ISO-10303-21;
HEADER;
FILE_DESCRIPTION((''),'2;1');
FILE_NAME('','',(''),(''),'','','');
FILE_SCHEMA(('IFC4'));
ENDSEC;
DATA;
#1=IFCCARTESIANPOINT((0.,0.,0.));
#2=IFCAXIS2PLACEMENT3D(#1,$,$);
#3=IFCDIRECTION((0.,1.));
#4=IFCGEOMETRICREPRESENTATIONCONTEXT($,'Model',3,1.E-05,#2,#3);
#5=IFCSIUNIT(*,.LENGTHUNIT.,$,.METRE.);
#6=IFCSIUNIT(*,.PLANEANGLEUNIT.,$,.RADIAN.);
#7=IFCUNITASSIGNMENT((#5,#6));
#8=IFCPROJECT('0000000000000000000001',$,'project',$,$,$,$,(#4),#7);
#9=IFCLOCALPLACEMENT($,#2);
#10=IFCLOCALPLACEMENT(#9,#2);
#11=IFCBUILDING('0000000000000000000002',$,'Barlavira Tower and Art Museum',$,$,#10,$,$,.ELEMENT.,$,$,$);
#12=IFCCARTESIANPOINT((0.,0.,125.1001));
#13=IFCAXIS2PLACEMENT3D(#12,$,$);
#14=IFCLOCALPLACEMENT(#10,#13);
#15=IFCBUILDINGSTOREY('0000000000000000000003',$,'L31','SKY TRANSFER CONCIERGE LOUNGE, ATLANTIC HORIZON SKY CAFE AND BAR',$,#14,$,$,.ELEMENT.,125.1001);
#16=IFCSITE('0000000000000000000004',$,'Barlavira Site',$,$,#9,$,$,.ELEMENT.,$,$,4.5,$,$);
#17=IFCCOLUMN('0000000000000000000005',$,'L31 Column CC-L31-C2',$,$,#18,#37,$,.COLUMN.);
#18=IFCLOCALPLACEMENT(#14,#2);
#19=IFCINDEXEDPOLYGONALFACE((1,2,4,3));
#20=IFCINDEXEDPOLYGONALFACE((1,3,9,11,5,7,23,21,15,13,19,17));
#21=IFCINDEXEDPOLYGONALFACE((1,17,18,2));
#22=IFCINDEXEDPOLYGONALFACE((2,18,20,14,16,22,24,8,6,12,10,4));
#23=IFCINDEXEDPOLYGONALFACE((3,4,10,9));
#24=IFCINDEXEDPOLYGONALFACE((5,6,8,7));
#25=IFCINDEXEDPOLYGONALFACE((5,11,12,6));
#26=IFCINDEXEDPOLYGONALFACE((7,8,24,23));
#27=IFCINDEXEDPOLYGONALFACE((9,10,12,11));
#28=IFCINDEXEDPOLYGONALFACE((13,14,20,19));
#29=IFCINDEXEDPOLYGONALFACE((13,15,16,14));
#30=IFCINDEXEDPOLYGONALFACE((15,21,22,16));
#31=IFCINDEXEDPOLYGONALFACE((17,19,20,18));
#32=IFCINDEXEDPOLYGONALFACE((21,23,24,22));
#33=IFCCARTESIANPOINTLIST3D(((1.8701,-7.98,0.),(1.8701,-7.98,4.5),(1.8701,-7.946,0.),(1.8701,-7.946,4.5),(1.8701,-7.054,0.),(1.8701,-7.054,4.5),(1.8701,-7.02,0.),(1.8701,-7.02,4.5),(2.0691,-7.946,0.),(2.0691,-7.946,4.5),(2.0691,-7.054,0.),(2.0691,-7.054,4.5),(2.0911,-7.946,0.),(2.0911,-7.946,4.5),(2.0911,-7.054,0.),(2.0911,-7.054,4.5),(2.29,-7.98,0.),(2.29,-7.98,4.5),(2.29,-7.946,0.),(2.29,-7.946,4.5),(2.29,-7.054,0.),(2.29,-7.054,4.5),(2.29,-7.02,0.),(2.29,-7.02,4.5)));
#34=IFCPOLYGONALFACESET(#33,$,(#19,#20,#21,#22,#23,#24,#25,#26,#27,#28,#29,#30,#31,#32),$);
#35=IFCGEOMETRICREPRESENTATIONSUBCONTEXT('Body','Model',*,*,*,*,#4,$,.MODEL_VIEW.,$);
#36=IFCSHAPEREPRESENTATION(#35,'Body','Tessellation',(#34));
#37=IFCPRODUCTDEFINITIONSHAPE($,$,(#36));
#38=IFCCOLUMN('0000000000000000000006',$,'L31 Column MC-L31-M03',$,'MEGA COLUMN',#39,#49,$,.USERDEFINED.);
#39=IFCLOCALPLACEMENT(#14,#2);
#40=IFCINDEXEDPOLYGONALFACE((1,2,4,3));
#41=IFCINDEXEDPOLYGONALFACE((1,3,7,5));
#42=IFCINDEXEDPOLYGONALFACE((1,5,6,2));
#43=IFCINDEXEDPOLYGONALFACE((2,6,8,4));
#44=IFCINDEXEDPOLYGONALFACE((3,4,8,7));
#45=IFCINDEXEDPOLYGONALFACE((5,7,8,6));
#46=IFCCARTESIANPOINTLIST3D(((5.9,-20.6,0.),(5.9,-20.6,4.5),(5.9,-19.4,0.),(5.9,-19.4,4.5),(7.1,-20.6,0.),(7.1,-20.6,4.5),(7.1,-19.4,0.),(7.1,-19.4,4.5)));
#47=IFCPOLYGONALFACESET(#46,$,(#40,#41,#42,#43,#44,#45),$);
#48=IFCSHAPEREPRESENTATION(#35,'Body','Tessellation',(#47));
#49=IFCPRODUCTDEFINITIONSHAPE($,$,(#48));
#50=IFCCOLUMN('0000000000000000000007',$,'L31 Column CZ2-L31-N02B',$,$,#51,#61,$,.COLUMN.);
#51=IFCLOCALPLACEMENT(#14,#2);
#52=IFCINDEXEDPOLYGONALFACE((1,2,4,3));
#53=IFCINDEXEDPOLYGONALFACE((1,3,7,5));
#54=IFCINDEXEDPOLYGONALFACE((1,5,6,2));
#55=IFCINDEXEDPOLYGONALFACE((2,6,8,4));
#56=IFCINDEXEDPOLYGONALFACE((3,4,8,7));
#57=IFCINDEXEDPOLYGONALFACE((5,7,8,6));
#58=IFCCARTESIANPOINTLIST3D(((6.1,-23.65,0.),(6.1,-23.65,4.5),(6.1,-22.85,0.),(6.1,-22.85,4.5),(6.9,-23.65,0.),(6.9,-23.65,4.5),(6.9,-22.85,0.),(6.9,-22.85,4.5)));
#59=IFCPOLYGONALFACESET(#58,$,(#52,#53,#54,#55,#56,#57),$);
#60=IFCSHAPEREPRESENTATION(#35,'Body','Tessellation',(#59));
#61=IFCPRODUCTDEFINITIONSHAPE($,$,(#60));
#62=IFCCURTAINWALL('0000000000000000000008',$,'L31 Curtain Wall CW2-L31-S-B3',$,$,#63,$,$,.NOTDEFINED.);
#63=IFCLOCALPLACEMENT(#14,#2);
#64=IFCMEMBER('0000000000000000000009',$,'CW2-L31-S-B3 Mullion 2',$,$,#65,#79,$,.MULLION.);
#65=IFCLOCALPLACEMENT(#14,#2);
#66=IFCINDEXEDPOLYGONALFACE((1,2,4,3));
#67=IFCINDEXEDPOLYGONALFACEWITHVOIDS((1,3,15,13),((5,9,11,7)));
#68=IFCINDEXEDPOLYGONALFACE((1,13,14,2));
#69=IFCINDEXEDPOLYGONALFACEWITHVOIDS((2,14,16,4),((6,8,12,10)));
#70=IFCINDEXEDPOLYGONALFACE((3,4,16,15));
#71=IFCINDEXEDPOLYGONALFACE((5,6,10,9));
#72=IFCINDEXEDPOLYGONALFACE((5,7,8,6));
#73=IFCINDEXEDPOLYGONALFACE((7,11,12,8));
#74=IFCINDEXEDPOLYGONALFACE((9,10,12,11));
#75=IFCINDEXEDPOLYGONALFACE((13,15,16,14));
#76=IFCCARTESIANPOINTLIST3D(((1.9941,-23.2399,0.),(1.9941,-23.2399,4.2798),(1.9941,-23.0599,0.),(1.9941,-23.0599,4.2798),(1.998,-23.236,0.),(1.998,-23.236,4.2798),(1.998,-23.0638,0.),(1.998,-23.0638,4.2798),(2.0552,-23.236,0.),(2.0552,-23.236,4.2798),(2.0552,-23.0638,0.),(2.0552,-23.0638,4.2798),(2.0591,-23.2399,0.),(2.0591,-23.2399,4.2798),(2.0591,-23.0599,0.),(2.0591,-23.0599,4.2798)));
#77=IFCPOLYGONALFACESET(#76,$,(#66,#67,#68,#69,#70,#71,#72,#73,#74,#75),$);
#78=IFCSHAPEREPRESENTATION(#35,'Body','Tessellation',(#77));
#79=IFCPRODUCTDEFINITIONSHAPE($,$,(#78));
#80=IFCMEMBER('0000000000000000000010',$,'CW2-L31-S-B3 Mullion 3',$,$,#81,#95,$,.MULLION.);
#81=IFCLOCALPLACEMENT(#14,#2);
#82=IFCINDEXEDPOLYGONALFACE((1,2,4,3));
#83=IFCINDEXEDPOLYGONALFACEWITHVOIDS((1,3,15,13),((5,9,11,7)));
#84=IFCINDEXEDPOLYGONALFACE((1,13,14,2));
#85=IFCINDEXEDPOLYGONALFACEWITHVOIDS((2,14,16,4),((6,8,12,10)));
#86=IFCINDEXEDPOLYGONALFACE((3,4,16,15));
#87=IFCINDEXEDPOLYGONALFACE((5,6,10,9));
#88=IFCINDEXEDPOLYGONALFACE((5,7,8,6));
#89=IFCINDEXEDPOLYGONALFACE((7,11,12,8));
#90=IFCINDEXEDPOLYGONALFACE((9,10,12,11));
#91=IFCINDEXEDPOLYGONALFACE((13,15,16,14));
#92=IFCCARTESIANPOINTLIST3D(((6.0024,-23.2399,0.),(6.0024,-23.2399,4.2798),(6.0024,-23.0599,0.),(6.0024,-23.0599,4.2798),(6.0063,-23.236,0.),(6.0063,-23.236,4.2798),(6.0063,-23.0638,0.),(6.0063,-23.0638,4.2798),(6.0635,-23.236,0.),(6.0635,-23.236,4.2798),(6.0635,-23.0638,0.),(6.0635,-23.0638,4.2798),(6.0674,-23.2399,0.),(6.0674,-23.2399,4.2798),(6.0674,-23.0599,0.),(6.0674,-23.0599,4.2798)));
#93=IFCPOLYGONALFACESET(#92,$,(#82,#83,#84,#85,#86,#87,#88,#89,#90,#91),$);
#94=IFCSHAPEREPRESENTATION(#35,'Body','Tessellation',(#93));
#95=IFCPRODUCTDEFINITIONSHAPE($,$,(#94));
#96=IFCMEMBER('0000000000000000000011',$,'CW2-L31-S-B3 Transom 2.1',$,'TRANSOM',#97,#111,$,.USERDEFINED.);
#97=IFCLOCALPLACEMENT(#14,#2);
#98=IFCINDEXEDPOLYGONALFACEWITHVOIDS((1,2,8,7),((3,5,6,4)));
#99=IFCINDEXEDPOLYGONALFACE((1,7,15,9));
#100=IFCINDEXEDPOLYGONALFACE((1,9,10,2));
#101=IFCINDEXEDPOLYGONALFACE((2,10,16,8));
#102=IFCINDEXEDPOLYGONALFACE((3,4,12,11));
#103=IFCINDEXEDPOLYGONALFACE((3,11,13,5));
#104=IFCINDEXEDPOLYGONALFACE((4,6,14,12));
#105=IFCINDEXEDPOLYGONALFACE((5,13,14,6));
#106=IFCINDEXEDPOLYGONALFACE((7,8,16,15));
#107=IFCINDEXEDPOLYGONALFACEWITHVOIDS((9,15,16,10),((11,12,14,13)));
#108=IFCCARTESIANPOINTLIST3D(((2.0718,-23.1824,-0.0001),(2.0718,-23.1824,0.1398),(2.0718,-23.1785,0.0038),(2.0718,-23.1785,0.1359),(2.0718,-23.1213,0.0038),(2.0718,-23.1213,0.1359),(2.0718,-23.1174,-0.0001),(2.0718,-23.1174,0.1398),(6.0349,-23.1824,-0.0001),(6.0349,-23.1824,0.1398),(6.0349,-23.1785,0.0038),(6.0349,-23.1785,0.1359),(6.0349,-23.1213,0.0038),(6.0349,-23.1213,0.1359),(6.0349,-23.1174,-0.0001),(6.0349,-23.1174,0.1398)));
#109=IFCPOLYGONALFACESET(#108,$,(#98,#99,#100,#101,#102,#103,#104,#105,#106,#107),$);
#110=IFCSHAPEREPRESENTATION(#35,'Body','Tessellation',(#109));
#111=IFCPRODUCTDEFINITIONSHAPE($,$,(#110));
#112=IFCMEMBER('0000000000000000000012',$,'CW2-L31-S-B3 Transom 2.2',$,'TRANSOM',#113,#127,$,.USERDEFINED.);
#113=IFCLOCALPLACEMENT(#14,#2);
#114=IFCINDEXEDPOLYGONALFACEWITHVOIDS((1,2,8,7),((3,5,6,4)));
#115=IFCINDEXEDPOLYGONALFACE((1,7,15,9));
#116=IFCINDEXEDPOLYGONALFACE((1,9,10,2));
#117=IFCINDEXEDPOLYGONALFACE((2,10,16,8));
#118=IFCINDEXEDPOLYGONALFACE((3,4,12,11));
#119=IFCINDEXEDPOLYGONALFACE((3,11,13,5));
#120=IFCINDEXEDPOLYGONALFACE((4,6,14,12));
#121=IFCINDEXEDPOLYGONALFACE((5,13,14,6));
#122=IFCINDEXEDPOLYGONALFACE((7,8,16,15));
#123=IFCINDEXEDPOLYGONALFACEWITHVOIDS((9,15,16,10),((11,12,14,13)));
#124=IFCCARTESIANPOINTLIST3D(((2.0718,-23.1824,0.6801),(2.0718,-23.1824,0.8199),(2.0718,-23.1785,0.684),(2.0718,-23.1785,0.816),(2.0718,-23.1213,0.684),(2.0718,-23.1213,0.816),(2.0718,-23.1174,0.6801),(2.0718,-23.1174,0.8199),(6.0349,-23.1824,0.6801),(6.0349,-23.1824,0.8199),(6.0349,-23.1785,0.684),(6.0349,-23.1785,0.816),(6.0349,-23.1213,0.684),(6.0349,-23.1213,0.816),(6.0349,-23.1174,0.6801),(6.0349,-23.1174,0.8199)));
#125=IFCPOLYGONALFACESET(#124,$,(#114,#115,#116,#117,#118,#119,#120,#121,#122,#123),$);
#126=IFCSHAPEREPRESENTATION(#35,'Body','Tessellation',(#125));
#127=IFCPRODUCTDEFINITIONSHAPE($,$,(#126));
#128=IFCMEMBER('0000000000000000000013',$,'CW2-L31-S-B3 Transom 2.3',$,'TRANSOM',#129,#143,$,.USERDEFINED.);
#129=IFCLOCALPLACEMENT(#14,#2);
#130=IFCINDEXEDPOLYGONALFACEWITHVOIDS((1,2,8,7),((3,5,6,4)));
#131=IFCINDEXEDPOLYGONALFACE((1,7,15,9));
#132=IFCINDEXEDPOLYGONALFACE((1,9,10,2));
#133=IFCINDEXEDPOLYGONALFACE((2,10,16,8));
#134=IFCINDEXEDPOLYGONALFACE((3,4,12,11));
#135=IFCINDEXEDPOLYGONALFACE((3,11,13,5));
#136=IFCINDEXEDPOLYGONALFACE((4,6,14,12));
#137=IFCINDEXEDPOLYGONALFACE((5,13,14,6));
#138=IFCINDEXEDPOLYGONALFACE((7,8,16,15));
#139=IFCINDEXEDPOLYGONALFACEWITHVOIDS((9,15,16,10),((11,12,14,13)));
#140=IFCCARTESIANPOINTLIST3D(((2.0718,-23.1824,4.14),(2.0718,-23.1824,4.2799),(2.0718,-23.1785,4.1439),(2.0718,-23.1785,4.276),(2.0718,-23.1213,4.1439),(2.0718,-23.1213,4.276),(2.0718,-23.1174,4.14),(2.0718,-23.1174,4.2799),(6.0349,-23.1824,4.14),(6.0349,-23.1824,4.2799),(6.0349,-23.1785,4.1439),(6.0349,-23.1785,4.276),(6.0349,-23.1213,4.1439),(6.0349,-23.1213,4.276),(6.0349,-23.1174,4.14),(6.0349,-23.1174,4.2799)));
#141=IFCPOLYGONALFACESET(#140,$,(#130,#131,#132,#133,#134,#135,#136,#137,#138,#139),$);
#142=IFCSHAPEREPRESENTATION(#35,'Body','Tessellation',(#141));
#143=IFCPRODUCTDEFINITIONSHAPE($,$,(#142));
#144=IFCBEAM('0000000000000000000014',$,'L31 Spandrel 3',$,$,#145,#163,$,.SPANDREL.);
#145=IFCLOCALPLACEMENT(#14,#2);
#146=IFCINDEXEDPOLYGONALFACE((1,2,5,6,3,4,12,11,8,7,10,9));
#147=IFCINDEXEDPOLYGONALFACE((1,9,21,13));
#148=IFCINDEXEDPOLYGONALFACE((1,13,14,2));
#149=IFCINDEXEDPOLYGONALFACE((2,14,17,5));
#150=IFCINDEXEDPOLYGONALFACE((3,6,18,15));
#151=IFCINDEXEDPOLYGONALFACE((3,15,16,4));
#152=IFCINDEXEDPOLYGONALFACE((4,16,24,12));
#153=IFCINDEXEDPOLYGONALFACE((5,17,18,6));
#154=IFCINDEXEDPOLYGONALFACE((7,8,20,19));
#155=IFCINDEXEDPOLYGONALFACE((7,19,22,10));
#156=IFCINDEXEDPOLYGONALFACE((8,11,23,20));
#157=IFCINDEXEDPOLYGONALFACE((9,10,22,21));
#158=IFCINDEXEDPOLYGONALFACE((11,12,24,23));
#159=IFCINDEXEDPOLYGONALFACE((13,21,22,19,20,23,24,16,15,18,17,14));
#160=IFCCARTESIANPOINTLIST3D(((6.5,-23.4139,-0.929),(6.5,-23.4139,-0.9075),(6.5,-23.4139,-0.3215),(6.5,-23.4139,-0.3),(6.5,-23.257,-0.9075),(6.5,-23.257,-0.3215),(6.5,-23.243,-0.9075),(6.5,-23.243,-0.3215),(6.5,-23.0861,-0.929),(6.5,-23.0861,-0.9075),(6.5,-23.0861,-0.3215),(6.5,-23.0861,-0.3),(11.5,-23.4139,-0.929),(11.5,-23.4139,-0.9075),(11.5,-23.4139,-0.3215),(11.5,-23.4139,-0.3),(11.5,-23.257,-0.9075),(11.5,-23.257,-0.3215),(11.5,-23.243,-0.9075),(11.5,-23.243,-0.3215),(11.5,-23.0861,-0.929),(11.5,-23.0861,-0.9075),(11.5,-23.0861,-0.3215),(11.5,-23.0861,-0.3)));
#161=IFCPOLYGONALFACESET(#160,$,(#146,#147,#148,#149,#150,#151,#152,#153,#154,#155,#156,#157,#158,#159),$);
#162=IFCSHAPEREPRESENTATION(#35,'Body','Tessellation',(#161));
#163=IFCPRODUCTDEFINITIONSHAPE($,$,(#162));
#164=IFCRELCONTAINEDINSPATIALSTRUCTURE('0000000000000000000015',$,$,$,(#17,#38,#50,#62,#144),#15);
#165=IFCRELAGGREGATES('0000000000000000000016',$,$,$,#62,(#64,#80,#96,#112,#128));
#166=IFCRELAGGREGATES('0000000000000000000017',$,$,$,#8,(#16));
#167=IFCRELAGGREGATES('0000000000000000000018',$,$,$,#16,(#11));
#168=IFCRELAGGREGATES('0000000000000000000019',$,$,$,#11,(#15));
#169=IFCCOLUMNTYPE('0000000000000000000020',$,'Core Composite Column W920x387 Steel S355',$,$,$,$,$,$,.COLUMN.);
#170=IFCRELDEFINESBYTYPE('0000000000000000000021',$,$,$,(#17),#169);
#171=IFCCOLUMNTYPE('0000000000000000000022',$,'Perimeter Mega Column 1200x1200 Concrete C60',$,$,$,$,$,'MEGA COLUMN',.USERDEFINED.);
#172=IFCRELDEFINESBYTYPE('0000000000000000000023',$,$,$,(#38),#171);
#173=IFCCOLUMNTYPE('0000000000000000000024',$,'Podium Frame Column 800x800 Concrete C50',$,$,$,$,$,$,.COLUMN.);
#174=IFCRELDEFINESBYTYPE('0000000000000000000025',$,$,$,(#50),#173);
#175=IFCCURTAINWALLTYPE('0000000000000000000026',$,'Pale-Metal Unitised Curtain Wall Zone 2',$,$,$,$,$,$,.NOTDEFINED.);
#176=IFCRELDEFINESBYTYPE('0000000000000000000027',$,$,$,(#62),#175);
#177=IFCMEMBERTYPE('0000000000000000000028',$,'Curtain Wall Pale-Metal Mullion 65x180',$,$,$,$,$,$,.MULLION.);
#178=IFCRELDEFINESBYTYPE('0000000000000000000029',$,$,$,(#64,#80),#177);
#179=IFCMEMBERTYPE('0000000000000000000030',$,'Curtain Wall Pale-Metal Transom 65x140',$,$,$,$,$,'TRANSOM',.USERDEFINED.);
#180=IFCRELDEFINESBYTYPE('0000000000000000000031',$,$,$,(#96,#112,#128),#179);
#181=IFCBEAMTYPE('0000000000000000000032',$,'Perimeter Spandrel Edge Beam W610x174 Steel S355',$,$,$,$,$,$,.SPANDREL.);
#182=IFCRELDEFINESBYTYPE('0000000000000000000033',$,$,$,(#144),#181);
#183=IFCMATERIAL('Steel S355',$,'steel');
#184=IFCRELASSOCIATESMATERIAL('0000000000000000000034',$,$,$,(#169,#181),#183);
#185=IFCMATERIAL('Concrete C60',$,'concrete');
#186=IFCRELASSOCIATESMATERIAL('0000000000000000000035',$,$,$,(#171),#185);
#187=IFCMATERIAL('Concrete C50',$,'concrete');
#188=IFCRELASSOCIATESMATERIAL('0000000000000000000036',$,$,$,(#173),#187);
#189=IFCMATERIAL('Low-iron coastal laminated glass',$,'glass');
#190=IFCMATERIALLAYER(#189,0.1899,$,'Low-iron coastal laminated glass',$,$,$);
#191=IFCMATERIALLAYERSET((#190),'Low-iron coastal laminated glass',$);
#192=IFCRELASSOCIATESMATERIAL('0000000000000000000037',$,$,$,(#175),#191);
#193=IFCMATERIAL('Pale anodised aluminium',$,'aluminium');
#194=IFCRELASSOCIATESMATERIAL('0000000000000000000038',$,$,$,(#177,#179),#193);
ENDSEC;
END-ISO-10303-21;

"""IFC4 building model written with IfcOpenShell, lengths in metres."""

from ifc_helpers import new_model, si_unit, direction, frame, origin, origin_2d, place, context, subcontext, project, spatial, rectangle, hollow_rectangle, i_section, extrude, material, layer, layer_set, material_profile, profile_set, type_object, element, aggregate, save


model = new_model("IFC4")

# Units and contexts
model_context = context("Model", 3, precision=1e-05, world=origin(), true_north=direction((0.0, 1.0)))
body_context = subcontext(model_context, "Body", "Model", "MODEL_VIEW")
ifc_project = project(units=[si_unit("LENGTHUNIT", "METRE"), si_unit("PLANEANGLEUNIT", "RADIAN")], contexts=[model_context])

# Site, building, storey
site_placement = place(None, origin())
site = spatial("IfcSite", under=ifc_project, at=site_placement, Name="Barlavira Site", CompositionType="ELEMENT", RefElevation=4.5)
building_placement = place(site_placement, origin())
building = spatial("IfcBuilding", under=site, at=building_placement, Name="Barlavira Tower and Art Museum", CompositionType="ELEMENT")
storey_placement = place(building_placement, frame((0.0, 0.0, 125.1001)))
storey = spatial("IfcBuildingStorey", under=building, at=storey_placement, Name="L31", Description="SKY TRANSFER CONCIERGE LOUNGE, ATLANTIC HORIZON SKY CAFE AND BAR", CompositionType="ELEMENT", Elevation=125.1001)

# Columns
ifc_material_1 = material(Name="Steel S355", Category="steel")
ifc_material_profile_1 = material_profile(ifc_material_1, i_section(OverallWidth=0.4199, OverallDepth=0.96, WebThickness=0.022, FlangeThickness=0.0339, at=origin_2d()), Name="W920x387.0")
ifc_profile_set_1 = profile_set([ifc_material_profile_1], Name="Steel S355")
column_type_1 = type_object("IfcColumnType", Name="Core Composite Column W920x387 Steel S355", PredefinedType="COLUMN", material=ifc_profile_set_1)
column_1_placement = place(storey_placement, frame((2.0801, -7.5, 0.0), z_axis=(0.0, 0.0, 1.0), x_axis=(1.0, 0.0, 0.0)))
element("IfcColumn", 1, at=column_1_placement, inside=storey, type_object=column_type_1, Name="L31 Column CC-L31-C2", PredefinedType="COLUMN", context=body_context, shape_type="SweptSolid", body=[
    extrude(i_section(OverallWidth=0.4199, OverallDepth=0.96, WebThickness=0.022, FlangeThickness=0.0339, at=origin_2d()), origin(), (0.0, 0.0, 1.0), 4.5),
])
ifc_material_2 = material(Name="Concrete C60", Category="concrete")
ifc_material_profile_2 = material_profile(ifc_material_2, rectangle(XDim=1.2, YDim=1.2, at=origin_2d()), Name="RC-COL 1200x1200")
ifc_profile_set_2 = profile_set([ifc_material_profile_2], Name="Concrete C60")
column_type_2 = type_object("IfcColumnType", Name="Perimeter Mega Column 1200x1200 Concrete C60", ElementType="MEGA COLUMN", PredefinedType="USERDEFINED", material=ifc_profile_set_2)
column_2_placement = place(storey_placement, frame((6.5, -20.0, 0.0), z_axis=(0.0, 0.0, 1.0), x_axis=(1.0, 0.0, 0.0)))
element("IfcColumn", 2, at=column_2_placement, inside=storey, type_object=column_type_2, Name="L31 Column MC-L31-M03", ObjectType="MEGA COLUMN", PredefinedType="USERDEFINED", context=body_context, shape_type="SweptSolid", body=[
    extrude(rectangle(XDim=1.2, YDim=1.2, at=origin_2d()), origin(), (0.0, 0.0, 1.0), 4.5),
])
ifc_material_3 = material(Name="Concrete C50", Category="concrete")
ifc_material_profile_3 = material_profile(ifc_material_3, rectangle(XDim=0.8, YDim=0.8, at=origin_2d()), Name="RC-COL 800x800")
ifc_profile_set_3 = profile_set([ifc_material_profile_3], Name="Concrete C50")
column_type_3 = type_object("IfcColumnType", Name="Podium Frame Column 800x800 Concrete C50", PredefinedType="COLUMN", material=ifc_profile_set_3)
column_3_placement = place(storey_placement, frame((6.5, -23.25, 0.0), z_axis=(0.0, 0.0, 1.0), x_axis=(1.0, 0.0, 0.0)))
element("IfcColumn", 3, at=column_3_placement, inside=storey, type_object=column_type_3, Name="L31 Column CZ2-L31-N02B", PredefinedType="COLUMN", context=body_context, shape_type="SweptSolid", body=[
    extrude(rectangle(XDim=0.8, YDim=0.8, at=origin_2d()), origin(), (0.0, 0.0, 1.0), 4.5),
])

# Curtain wall, members
ifc_material_4 = material(Name="Low-iron coastal laminated glass", Category="glass")
ifc_layer_1 = layer(ifc_material_4, 0.1899, Name="Low-iron coastal laminated glass")
ifc_layer_set_1 = layer_set([ifc_layer_1], Name="Low-iron coastal laminated glass")
curtain_wall_type = type_object("IfcCurtainWallType", Name="Pale-Metal Unitised Curtain Wall Zone 2", PredefinedType="NOTDEFINED", material=ifc_layer_set_1)
curtain_wall_placement = place(storey_placement, origin())
curtain_wall = element("IfcCurtainWall", 4, at=curtain_wall_placement, inside=storey, type_object=curtain_wall_type, Name="L31 Curtain Wall CW2-L31-S-B3", PredefinedType="NOTDEFINED")
ifc_material_5 = material(Name="Pale anodised aluminium", Category="aluminium")
ifc_material_profile_4 = material_profile(ifc_material_5, hollow_rectangle(XDim=0.0649, YDim=0.1799, WallThickness=0.0039, at=origin_2d()), Name="ALU-MULL 65x180x4")
ifc_profile_set_4 = profile_set([ifc_material_profile_4], Name="Pale anodised aluminium")
member_type_1 = type_object("IfcMemberType", Name="Curtain Wall Pale-Metal Mullion 65x180", PredefinedType="MULLION", material=ifc_profile_set_4)
member_1_placement = place(storey_placement, frame((2.0266, -23.1499, 0.0), z_axis=(0.0, 0.0, 1.0), x_axis=(1.0, 0.0, 0.0)))
member_1 = element("IfcMember", 5, at=member_1_placement, type_object=member_type_1, Name="CW2-L31-S-B3 Mullion 2", PredefinedType="MULLION", context=body_context, shape_type="SweptSolid", body=[
    extrude(hollow_rectangle(XDim=0.0649, YDim=0.1799, WallThickness=0.0039, at=origin_2d()), origin(), (0.0, 0.0, 1.0), 4.2798),
])
member_2_placement = place(storey_placement, frame((6.0349, -23.1499, 0.0), z_axis=(0.0, 0.0, 1.0), x_axis=(1.0, 0.0, 0.0)))
member_2 = element("IfcMember", 6, at=member_2_placement, type_object=member_type_1, Name="CW2-L31-S-B3 Mullion 3", PredefinedType="MULLION", context=body_context, shape_type="SweptSolid", body=[
    extrude(hollow_rectangle(XDim=0.0649, YDim=0.1799, WallThickness=0.0039, at=origin_2d()), origin(), (0.0, 0.0, 1.0), 4.2798),
])
ifc_material_profile_5 = material_profile(ifc_material_5, hollow_rectangle(XDim=0.0649, YDim=0.1399, WallThickness=0.0039, at=origin_2d()), Name="ALU-TRAN 65x140x4")
ifc_profile_set_5 = profile_set([ifc_material_profile_5], Name="Pale anodised aluminium")
member_type_2 = type_object("IfcMemberType", Name="Curtain Wall Pale-Metal Transom 65x140", ElementType="TRANSOM", PredefinedType="USERDEFINED", material=ifc_profile_set_5)
member_3_placement = place(storey_placement, frame((2.0718, -23.1499, 0.0698), z_axis=(1.0, 0.0, 0.0), x_axis=(0.0, 1.0, 0.0)))
member_3 = element("IfcMember", 7, at=member_3_placement, type_object=member_type_2, Name="CW2-L31-S-B3 Transom 2.1", ObjectType="TRANSOM", PredefinedType="USERDEFINED", context=body_context, shape_type="SweptSolid", body=[
    extrude(hollow_rectangle(XDim=0.0649, YDim=0.1399, WallThickness=0.0039, at=origin_2d()), origin(), (0.0, 0.0, 1.0), 3.9631),
])
member_4_placement = place(storey_placement, frame((2.0718, -23.1499, 0.75), z_axis=(1.0, 0.0, 0.0), x_axis=(0.0, 1.0, 0.0)))
member_4 = element("IfcMember", 8, at=member_4_placement, type_object=member_type_2, Name="CW2-L31-S-B3 Transom 2.2", ObjectType="TRANSOM", PredefinedType="USERDEFINED", context=body_context, shape_type="SweptSolid", body=[
    extrude(hollow_rectangle(XDim=0.0649, YDim=0.1399, WallThickness=0.0039, at=origin_2d()), origin(), (0.0, 0.0, 1.0), 3.9631),
])
member_5_placement = place(storey_placement, frame((2.0718, -23.1499, 4.21), z_axis=(1.0, 0.0, 0.0), x_axis=(0.0, 1.0, 0.0)))
member_5 = element("IfcMember", 9, at=member_5_placement, type_object=member_type_2, Name="CW2-L31-S-B3 Transom 2.3", ObjectType="TRANSOM", PredefinedType="USERDEFINED", context=body_context, shape_type="SweptSolid", body=[
    extrude(hollow_rectangle(XDim=0.0649, YDim=0.1399, WallThickness=0.0039, at=origin_2d()), origin(), (0.0, 0.0, 1.0), 3.9631),
])

# Beam
ifc_material_profile_6 = material_profile(ifc_material_1, i_section(OverallWidth=0.3279, OverallDepth=0.6289, WebThickness=0.0139, FlangeThickness=0.0215, at=origin_2d()), Name="W610x174.0")
ifc_profile_set_6 = profile_set([ifc_material_profile_6], Name="Steel S355")
beam_type_1 = type_object("IfcBeamType", Name="Perimeter Spandrel Edge Beam W610x174 Steel S355", PredefinedType="SPANDREL", material=ifc_profile_set_6)
beam_1_placement = place(storey_placement, frame((6.5, -23.25, -0.6145), z_axis=(1.0, 0.0, 0.0), x_axis=(0.0, 1.0, 0.0)))
element("IfcBeam", 10, at=beam_1_placement, inside=storey, type_object=beam_type_1, Name="L31 Spandrel 3", PredefinedType="SPANDREL", context=body_context, shape_type="SweptSolid", body=[
    extrude(i_section(OverallWidth=0.3279, OverallDepth=0.6289, WebThickness=0.0139, FlangeThickness=0.0215, at=origin_2d()), origin(), (0.0, 0.0, 1.0), 5.0),
])

aggregate(curtain_wall, [member_1, member_2, member_3, member_4, member_5])

save(model, "model.ifc")
